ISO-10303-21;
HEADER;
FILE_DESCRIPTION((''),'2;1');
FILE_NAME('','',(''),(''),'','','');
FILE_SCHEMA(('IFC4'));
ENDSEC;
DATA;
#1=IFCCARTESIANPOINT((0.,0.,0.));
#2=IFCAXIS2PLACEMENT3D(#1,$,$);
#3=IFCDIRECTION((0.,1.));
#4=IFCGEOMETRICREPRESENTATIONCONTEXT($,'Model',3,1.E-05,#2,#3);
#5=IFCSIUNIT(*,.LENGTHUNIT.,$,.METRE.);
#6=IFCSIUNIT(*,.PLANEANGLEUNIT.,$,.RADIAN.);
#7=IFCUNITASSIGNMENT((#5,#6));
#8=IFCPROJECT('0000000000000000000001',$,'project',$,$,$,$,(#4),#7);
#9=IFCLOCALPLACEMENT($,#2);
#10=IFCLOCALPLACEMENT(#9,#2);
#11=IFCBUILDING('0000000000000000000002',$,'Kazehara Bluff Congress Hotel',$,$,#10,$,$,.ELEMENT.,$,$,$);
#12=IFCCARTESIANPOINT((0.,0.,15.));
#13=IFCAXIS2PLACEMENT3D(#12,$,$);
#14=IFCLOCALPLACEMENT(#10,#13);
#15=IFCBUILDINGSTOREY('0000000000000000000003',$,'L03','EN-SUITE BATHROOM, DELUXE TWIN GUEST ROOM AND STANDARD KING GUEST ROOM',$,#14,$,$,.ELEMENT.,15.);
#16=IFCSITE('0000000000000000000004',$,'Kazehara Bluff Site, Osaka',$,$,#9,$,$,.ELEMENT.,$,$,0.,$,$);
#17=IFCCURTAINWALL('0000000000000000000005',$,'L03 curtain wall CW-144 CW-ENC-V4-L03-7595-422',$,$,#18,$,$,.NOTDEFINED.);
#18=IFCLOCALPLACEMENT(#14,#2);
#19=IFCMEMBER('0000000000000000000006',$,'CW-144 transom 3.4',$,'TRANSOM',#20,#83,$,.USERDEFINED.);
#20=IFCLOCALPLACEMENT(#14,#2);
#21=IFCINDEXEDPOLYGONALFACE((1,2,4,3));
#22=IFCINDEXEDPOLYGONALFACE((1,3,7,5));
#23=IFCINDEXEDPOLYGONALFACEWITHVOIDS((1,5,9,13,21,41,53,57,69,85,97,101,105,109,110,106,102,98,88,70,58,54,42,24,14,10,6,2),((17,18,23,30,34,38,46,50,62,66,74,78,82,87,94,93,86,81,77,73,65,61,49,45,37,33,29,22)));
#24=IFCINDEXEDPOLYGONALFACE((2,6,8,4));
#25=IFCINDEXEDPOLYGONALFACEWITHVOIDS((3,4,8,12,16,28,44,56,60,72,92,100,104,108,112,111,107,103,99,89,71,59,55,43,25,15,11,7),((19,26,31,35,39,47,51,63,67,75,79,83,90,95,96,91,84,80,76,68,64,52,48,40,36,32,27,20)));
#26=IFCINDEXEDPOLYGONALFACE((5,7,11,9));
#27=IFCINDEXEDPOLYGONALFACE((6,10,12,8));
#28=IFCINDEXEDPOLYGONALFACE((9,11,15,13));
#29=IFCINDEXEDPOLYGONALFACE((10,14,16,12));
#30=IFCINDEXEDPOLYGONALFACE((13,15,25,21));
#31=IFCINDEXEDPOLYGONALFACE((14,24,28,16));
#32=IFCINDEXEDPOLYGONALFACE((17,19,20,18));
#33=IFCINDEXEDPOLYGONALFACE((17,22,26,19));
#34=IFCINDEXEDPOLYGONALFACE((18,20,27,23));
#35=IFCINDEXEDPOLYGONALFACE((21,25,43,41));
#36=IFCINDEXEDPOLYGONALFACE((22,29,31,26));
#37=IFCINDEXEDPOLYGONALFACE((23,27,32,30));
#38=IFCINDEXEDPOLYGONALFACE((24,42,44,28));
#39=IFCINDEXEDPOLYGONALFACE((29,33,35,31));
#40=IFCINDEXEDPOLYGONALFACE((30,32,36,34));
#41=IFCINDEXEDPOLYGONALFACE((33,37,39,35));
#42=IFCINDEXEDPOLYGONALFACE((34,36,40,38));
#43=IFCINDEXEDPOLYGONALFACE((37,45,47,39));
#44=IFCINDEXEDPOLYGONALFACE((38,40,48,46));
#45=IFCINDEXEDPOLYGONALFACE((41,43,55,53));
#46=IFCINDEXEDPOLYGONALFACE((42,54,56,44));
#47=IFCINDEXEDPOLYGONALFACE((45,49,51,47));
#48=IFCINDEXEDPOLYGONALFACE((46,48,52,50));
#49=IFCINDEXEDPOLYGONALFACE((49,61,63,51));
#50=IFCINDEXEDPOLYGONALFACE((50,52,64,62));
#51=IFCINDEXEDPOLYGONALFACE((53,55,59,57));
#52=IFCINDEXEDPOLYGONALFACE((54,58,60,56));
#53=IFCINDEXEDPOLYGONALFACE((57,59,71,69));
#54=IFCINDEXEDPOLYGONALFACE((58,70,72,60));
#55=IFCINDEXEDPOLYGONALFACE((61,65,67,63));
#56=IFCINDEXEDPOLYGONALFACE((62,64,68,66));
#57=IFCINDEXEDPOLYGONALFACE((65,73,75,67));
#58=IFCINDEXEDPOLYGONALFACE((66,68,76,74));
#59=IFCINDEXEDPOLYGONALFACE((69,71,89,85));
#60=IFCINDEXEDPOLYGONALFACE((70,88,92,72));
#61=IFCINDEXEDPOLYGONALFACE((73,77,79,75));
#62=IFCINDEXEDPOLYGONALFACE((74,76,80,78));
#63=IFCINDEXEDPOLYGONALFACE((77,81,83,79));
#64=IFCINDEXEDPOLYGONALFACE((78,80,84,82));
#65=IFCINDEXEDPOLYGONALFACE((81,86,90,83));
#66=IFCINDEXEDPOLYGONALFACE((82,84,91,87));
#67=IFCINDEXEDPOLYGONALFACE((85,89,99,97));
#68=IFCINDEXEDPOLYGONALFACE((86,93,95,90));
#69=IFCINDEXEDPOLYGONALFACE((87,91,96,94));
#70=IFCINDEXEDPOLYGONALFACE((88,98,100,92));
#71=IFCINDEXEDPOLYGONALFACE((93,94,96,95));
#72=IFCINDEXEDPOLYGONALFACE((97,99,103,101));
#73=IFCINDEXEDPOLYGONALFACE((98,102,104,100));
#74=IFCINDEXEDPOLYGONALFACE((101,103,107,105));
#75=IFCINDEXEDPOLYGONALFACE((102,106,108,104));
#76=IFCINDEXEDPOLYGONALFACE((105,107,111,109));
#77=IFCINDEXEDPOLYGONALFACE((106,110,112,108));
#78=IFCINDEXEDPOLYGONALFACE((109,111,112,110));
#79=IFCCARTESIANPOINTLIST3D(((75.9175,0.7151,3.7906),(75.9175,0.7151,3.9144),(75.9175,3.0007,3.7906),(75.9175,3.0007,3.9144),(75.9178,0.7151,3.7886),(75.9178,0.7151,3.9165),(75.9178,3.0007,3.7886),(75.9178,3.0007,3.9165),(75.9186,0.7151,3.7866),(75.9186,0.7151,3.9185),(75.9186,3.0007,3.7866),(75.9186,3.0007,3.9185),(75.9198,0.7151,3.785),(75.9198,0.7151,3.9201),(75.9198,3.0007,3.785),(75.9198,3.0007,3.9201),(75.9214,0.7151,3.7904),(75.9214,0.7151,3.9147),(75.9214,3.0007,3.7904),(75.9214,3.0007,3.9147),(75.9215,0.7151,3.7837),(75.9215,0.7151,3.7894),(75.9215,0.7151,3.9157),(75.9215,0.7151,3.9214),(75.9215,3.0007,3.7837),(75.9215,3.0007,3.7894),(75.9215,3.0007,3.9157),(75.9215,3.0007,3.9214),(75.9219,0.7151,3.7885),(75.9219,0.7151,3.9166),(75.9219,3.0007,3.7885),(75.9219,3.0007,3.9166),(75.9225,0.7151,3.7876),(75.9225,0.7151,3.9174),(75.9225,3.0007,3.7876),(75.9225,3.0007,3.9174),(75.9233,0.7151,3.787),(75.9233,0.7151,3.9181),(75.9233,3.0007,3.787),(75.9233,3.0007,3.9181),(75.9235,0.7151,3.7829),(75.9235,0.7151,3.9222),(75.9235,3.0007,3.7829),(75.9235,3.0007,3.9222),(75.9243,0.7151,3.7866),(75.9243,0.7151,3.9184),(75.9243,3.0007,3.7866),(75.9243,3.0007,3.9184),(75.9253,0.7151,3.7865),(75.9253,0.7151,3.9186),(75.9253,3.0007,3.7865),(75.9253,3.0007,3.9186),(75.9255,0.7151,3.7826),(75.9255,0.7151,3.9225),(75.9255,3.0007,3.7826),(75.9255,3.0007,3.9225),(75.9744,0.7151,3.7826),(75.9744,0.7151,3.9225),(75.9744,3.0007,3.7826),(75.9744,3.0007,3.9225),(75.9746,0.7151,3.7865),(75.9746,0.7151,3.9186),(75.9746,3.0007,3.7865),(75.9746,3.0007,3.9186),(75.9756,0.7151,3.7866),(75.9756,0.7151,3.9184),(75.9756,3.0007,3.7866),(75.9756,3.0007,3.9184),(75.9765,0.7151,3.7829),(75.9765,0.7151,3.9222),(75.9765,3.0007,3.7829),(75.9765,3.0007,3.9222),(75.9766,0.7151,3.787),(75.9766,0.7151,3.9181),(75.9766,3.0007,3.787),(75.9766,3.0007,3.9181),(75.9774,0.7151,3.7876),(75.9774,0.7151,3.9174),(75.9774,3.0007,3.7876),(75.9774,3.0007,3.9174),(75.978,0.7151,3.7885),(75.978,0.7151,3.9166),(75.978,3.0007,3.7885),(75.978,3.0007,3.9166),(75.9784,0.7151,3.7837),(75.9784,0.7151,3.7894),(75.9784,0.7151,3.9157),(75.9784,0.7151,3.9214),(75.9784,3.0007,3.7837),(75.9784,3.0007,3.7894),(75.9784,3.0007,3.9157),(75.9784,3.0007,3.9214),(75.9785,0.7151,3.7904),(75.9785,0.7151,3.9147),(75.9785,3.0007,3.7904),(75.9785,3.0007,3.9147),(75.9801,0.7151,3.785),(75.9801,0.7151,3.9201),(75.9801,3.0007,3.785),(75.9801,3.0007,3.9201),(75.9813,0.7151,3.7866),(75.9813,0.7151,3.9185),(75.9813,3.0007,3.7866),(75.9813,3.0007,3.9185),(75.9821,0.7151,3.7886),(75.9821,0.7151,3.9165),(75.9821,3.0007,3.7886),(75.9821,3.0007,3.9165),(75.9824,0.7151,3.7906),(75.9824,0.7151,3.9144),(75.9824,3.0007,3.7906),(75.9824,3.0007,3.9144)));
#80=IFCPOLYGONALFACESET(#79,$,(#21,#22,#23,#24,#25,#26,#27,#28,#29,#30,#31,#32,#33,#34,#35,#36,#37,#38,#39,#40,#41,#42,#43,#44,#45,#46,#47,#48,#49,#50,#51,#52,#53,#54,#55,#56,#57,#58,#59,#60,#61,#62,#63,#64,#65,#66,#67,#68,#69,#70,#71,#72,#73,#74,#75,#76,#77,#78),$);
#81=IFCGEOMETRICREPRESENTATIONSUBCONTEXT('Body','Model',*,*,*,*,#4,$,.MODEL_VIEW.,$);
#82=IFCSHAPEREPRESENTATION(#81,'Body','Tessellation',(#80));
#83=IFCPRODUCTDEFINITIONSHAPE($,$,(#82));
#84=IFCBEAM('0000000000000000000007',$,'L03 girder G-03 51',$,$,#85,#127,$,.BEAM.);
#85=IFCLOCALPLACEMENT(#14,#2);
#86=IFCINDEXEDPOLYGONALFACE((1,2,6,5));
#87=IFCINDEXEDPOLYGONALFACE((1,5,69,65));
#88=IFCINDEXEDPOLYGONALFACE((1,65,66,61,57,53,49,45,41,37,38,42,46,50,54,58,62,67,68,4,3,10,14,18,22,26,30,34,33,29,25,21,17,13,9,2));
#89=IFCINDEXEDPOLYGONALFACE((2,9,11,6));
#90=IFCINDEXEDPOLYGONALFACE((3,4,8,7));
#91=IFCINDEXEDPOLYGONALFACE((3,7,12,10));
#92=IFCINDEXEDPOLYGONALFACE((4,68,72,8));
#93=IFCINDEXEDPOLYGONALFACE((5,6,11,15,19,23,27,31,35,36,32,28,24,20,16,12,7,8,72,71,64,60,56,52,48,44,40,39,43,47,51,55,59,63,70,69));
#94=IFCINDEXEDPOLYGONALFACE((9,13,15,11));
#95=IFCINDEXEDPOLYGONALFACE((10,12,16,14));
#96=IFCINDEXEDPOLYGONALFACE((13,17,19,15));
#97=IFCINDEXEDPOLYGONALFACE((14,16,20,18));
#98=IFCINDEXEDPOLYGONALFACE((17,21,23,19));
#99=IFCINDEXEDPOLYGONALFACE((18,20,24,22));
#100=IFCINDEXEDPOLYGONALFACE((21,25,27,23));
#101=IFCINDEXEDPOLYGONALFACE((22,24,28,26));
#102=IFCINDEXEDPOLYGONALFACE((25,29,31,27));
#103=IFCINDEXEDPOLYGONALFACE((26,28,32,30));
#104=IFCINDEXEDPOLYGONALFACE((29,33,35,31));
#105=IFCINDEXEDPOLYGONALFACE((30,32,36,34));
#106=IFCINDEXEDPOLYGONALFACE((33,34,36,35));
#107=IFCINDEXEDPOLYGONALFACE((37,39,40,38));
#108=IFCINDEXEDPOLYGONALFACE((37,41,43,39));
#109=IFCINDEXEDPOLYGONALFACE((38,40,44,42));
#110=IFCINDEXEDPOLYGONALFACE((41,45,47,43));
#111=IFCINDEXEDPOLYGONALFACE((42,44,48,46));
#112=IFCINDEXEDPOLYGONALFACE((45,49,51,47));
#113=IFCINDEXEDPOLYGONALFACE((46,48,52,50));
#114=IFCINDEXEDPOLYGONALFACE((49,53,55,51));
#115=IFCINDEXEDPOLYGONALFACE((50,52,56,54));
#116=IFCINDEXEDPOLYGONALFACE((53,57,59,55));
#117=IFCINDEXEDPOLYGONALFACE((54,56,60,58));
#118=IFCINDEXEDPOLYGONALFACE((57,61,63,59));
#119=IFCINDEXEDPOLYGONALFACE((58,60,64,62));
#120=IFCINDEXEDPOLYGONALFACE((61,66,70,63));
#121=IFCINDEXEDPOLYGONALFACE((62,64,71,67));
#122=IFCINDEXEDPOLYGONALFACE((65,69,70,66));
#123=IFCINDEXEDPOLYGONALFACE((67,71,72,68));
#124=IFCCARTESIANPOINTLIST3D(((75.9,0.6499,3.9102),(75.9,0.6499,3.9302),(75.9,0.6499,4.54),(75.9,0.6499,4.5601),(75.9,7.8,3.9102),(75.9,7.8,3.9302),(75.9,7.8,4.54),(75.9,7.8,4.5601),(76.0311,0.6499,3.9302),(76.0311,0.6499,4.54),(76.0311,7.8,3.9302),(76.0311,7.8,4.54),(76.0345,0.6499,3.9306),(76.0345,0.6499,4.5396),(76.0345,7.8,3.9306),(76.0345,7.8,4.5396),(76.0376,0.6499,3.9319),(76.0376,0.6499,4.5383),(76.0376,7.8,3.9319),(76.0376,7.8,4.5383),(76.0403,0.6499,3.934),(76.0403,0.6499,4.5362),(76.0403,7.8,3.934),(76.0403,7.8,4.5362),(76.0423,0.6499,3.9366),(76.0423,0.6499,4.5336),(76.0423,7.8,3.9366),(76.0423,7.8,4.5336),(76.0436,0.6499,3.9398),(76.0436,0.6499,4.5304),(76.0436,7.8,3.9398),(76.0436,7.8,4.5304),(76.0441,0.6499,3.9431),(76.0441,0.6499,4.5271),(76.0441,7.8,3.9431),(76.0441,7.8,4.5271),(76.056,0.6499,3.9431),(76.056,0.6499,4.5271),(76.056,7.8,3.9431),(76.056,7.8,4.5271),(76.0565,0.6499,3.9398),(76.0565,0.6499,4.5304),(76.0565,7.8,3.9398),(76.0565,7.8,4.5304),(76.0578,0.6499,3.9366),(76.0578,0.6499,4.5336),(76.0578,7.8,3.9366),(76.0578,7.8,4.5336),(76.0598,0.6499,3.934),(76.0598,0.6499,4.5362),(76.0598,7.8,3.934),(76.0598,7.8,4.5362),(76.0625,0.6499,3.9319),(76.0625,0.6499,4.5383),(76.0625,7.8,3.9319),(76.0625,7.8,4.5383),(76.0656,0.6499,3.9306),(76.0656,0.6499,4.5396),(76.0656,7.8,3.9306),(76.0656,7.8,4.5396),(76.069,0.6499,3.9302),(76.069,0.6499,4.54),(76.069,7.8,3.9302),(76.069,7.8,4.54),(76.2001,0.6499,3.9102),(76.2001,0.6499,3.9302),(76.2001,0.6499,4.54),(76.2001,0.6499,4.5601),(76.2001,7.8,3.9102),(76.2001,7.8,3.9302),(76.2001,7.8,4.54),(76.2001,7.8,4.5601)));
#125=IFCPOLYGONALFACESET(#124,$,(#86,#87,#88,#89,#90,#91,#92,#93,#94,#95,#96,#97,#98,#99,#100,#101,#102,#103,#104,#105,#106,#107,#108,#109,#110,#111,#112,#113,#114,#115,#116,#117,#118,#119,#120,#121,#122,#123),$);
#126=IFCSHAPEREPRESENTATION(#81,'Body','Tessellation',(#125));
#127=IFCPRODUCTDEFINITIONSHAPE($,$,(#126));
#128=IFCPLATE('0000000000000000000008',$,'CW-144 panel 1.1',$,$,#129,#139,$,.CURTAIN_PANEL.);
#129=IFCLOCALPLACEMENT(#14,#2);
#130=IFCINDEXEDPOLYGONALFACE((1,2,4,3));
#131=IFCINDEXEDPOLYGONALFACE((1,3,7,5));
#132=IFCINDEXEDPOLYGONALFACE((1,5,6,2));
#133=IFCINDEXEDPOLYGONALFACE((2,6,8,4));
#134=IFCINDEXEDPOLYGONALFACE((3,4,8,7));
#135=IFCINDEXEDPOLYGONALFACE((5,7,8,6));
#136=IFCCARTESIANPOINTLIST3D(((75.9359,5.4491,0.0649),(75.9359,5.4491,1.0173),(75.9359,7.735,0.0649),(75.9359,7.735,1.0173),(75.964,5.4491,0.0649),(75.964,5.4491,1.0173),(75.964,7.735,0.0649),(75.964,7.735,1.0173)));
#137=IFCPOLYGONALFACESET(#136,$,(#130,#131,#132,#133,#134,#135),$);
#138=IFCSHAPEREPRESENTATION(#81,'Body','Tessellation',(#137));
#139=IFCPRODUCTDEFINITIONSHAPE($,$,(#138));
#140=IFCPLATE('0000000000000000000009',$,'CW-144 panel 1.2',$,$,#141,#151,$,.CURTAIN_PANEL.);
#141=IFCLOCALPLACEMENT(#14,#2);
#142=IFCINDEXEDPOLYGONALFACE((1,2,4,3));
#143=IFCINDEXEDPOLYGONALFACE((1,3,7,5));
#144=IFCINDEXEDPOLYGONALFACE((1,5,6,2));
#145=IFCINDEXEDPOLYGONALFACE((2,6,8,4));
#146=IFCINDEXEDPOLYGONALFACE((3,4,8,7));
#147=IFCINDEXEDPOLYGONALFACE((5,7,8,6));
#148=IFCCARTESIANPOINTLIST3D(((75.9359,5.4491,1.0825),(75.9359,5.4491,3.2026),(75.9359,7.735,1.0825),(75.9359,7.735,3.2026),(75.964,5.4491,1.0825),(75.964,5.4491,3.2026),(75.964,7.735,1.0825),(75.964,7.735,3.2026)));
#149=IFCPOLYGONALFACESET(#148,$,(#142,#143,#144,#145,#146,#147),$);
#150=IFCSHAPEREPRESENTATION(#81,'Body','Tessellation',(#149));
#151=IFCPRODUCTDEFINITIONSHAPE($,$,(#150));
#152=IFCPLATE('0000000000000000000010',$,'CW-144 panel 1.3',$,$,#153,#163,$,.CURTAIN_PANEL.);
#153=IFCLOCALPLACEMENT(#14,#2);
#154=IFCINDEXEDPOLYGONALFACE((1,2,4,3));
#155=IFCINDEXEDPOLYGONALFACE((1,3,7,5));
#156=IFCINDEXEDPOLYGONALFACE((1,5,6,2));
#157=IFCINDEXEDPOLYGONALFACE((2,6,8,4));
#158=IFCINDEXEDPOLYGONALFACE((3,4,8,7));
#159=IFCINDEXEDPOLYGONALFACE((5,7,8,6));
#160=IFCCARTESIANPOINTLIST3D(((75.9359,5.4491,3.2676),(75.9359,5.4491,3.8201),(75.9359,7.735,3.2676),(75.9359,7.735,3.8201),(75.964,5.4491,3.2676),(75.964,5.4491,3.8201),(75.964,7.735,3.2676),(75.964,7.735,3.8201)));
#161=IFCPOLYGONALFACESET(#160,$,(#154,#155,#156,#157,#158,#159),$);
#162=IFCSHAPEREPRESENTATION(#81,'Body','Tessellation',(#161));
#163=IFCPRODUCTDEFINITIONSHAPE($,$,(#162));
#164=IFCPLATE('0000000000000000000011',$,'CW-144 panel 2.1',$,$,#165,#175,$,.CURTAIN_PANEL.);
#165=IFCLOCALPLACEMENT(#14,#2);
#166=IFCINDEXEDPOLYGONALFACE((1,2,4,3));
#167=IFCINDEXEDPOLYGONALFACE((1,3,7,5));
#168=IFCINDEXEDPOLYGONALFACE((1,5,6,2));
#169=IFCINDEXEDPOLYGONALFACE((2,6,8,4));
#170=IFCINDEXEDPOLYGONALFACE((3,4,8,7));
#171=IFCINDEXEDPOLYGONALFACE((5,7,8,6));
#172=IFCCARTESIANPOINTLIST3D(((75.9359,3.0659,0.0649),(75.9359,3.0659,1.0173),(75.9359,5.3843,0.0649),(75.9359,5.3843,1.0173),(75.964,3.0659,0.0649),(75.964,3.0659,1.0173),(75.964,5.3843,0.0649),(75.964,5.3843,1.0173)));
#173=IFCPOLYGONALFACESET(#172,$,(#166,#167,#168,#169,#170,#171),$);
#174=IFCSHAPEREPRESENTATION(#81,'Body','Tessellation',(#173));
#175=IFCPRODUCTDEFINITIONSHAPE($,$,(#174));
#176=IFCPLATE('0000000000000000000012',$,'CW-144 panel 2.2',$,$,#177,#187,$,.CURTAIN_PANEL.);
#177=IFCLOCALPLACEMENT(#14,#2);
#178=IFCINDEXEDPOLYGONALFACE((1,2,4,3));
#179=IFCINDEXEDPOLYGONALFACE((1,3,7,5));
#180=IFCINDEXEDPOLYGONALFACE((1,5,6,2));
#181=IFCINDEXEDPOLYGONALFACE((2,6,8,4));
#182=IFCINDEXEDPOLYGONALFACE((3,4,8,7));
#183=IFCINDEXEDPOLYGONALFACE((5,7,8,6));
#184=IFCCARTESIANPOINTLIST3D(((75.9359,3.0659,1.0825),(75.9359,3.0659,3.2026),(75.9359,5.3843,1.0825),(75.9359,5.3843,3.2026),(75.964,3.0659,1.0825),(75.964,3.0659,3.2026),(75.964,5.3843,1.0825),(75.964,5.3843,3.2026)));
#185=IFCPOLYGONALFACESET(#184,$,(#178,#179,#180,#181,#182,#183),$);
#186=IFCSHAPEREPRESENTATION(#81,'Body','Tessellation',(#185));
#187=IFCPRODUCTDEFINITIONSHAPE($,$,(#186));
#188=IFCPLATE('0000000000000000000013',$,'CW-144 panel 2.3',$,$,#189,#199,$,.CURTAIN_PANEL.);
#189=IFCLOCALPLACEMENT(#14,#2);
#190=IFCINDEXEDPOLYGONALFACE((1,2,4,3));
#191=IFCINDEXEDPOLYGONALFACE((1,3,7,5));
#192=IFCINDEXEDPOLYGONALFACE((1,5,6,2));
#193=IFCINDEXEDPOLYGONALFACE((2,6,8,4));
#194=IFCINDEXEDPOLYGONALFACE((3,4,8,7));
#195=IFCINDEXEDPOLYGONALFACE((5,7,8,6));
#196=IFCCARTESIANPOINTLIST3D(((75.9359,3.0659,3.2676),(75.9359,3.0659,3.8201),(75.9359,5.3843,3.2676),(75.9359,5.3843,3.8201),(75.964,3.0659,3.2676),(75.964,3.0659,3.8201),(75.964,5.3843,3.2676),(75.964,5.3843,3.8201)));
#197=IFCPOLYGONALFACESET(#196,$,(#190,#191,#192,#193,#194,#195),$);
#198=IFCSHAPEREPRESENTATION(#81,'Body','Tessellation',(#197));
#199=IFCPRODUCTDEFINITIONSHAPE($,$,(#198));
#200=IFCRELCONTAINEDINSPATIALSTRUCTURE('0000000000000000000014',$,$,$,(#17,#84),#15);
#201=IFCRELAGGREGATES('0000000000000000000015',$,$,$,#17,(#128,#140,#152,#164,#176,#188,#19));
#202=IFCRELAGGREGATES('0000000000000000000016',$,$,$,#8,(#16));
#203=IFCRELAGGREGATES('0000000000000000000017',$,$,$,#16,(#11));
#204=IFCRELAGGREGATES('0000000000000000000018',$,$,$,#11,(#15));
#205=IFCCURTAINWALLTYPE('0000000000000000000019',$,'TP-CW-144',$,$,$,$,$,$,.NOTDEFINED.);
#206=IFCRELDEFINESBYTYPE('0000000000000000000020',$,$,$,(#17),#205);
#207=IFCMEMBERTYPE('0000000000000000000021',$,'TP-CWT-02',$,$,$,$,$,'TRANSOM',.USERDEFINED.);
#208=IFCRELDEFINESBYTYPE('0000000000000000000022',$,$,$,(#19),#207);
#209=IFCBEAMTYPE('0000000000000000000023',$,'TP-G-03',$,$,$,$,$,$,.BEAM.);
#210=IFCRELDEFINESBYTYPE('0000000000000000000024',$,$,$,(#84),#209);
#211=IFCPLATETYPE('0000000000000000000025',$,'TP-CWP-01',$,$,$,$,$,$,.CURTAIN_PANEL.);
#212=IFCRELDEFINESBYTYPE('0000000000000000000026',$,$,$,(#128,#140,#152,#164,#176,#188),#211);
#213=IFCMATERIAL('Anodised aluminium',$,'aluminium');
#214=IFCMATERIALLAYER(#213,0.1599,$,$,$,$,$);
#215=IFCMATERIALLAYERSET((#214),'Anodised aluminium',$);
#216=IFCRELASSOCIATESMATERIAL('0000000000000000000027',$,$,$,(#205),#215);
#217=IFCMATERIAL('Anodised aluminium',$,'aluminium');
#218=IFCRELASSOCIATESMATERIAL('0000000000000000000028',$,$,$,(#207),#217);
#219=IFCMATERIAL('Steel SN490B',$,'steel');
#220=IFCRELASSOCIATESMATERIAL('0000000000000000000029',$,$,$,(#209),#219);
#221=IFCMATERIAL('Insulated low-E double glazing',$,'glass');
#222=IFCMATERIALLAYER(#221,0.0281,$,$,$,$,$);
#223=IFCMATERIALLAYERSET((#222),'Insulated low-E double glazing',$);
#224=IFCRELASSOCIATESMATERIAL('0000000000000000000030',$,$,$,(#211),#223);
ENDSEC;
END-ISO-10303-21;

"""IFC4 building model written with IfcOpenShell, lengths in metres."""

from ifc_helpers import new_model, si_unit, direction, frame, origin, origin_2d, place, context, subcontext, project, spatial, rectangle, hollow_rectangle, i_section, extrude, material, layer, layer_set, material_profile, profile_set, type_object, element, aggregate, save


model = new_model("IFC4")

# Units and contexts
model_context = context("Model", 3, precision=1e-05, world=origin(), true_north=direction((0.0, 1.0)))
body_context = subcontext(model_context, "Body", "Model", "MODEL_VIEW")
ifc_project = project(units=[si_unit("LENGTHUNIT", "METRE"), si_unit("PLANEANGLEUNIT", "RADIAN")], contexts=[model_context])

# Site, building, storey
site_placement = place(None, origin())
site = spatial("IfcSite", under=ifc_project, at=site_placement, Name="Kazehara Bluff Site, Osaka", CompositionType="ELEMENT", RefElevation=0.0)
building_placement = place(site_placement, origin())
building = spatial("IfcBuilding", under=site, at=building_placement, Name="Kazehara Bluff Congress Hotel", CompositionType="ELEMENT")
storey_placement = place(building_placement, frame((0.0, 0.0, 15.0)))
storey = spatial("IfcBuildingStorey", under=building, at=storey_placement, Name="L03", Description="EN-SUITE BATHROOM, DELUXE TWIN GUEST ROOM AND STANDARD KING GUEST ROOM", CompositionType="ELEMENT", Elevation=15.0)

# Curtain wall
ifc_material_1 = material(Name="Anodised aluminium", Category="aluminium")
ifc_layer_1 = layer(ifc_material_1, 0.1599)
ifc_layer_set_1 = layer_set([ifc_layer_1], Name="Anodised aluminium")
curtain_wall_type_1 = type_object("IfcCurtainWallType", Name="TP-CW-144", PredefinedType="NOTDEFINED", material=ifc_layer_set_1)
curtain_wall_1_placement = place(storey_placement, origin())
curtain_wall_1 = element("IfcCurtainWall", 1, at=curtain_wall_1_placement, inside=storey, type_object=curtain_wall_type_1, Name="L03 curtain wall CW-144 CW-ENC-V4-L03-7595-422", PredefinedType="NOTDEFINED")

# Member
ifc_material_2 = material(Name="Anodised aluminium", Category="aluminium")
ifc_material_profile_1 = material_profile(ifc_material_2, hollow_rectangle(XDim=0.0649, YDim=0.1399, WallThickness=0.0039, InnerFilletRadius=0.0039, OuterFilletRadius=0.0081, at=origin_2d()))
ifc_profile_set_1 = profile_set([ifc_material_profile_1], Name="Anodised aluminium")
member_type_1 = type_object("IfcMemberType", Name="TP-CWT-02", ElementType="TRANSOM", PredefinedType="USERDEFINED", material=ifc_profile_set_1)
member_1_placement = place(storey_placement, frame((75.95, 3.0007, 3.8525), z_axis=(0.0, -1.0, 0.0), x_axis=(1.0, 0.0, 0.0)))
member_1 = element("IfcMember", 2, at=member_1_placement, type_object=member_type_1, Name="CW-144 transom 3.4", ObjectType="TRANSOM", PredefinedType="USERDEFINED", context=body_context, shape_type="SweptSolid", body=[
    extrude(hollow_rectangle(XDim=0.0649, YDim=0.1399, WallThickness=0.0039, InnerFilletRadius=0.0039, OuterFilletRadius=0.0081, at=origin_2d()), origin(), (0.0, 0.0, 1.0), 2.2856),
])

# Beam
ifc_material_3 = material(Name="Steel SN490B", Category="steel")
ifc_material_profile_2 = material_profile(ifc_material_3, i_section(OverallWidth=0.3, OverallDepth=0.6499, WebThickness=0.012, FlangeThickness=0.02, FilletRadius=0.0129, at=origin_2d()))
ifc_profile_set_2 = profile_set([ifc_material_profile_2], Name="Steel SN490B")
beam_type = type_object("IfcBeamType", Name="TP-G-03", PredefinedType="BEAM", material=ifc_profile_set_2)
beam_placement = place(storey_placement, frame((76.05, 0.6499, 4.2351), z_axis=(0.0, 1.0, 0.0), x_axis=(-1.0, 0.0, 0.0)))
element("IfcBeam", 3, at=beam_placement, inside=storey, type_object=beam_type, Name="L03 girder G-03 51", PredefinedType="BEAM", context=body_context, shape_type="SweptSolid", body=[
    extrude(i_section(OverallWidth=0.3, OverallDepth=0.6499, WebThickness=0.012, FlangeThickness=0.02, FilletRadius=0.0129, at=origin_2d()), origin(), (0.0, 0.0, 1.0), 7.1501),
])

# Plates
ifc_material_4 = material(Name="Insulated low-E double glazing", Category="glass")
ifc_layer_2 = layer(ifc_material_4, 0.0281)
ifc_layer_set_2 = layer_set([ifc_layer_2], Name="Insulated low-E double glazing")
plate_type = type_object("IfcPlateType", Name="TP-CWP-01", PredefinedType="CURTAIN_PANEL", material=ifc_layer_set_2)
plate_1_placement = place(storey_placement, frame((75.95, 6.592, 0.0649), z_axis=(0.0, 0.0, 1.0), x_axis=(0.0, -1.0, 0.0)))
plate_1 = element("IfcPlate", 4, at=plate_1_placement, type_object=plate_type, Name="CW-144 panel 1.1", PredefinedType="CURTAIN_PANEL", context=body_context, shape_type="SweptSolid", body=[
    extrude(rectangle(XDim=2.2859, YDim=0.0281, at=origin_2d()), origin(), (0.0, 0.0, 1.0), 0.9524),
])
plate_2_placement = place(storey_placement, frame((75.95, 6.592, 1.0825), z_axis=(0.0, 0.0, 1.0), x_axis=(0.0, -1.0, 0.0)))
plate_2 = element("IfcPlate", 5, at=plate_2_placement, type_object=plate_type, Name="CW-144 panel 1.2", PredefinedType="CURTAIN_PANEL", context=body_context, shape_type="SweptSolid", body=[
    extrude(rectangle(XDim=2.2859, YDim=0.0281, at=origin_2d()), origin(), (0.0, 0.0, 1.0), 2.1201),
])
plate_3_placement = place(storey_placement, frame((75.95, 6.592, 3.2676), z_axis=(0.0, 0.0, 1.0), x_axis=(0.0, -1.0, 0.0)))
plate_3 = element("IfcPlate", 6, at=plate_3_placement, type_object=plate_type, Name="CW-144 panel 1.3", PredefinedType="CURTAIN_PANEL", context=body_context, shape_type="SweptSolid", body=[
    extrude(rectangle(XDim=2.2859, YDim=0.0281, at=origin_2d()), origin(), (0.0, 0.0, 1.0), 0.5525),
])
plate_4_placement = place(storey_placement, frame((75.95, 4.2251, 0.0649), z_axis=(0.0, 0.0, 1.0), x_axis=(0.0, -1.0, 0.0)))
plate_4 = element("IfcPlate", 7, at=plate_4_placement, type_object=plate_type, Name="CW-144 panel 2.1", PredefinedType="CURTAIN_PANEL", context=body_context, shape_type="SweptSolid", body=[
    extrude(rectangle(XDim=2.3184, YDim=0.0281, at=origin_2d()), origin(), (0.0, 0.0, 1.0), 0.9524),
])
plate_5_placement = place(storey_placement, frame((75.95, 4.2251, 1.0825), z_axis=(0.0, 0.0, 1.0), x_axis=(0.0, -1.0, 0.0)))
plate_5 = element("IfcPlate", 8, at=plate_5_placement, type_object=plate_type, Name="CW-144 panel 2.2", PredefinedType="CURTAIN_PANEL", context=body_context, shape_type="SweptSolid", body=[
    extrude(rectangle(XDim=2.3184, YDim=0.0281, at=origin_2d()), origin(), (0.0, 0.0, 1.0), 2.1201),
])
plate_6_placement = place(storey_placement, frame((75.95, 4.2251, 3.2676), z_axis=(0.0, 0.0, 1.0), x_axis=(0.0, -1.0, 0.0)))
plate_6 = element("IfcPlate", 9, at=plate_6_placement, type_object=plate_type, Name="CW-144 panel 2.3", PredefinedType="CURTAIN_PANEL", context=body_context, shape_type="SweptSolid", body=[
    extrude(rectangle(XDim=2.3184, YDim=0.0281, at=origin_2d()), origin(), (0.0, 0.0, 1.0), 0.5525),
])
aggregate(curtain_wall_1, [plate_1, plate_2, plate_3, plate_4, plate_5, plate_6, member_1])

save(model, "model.ifc")
